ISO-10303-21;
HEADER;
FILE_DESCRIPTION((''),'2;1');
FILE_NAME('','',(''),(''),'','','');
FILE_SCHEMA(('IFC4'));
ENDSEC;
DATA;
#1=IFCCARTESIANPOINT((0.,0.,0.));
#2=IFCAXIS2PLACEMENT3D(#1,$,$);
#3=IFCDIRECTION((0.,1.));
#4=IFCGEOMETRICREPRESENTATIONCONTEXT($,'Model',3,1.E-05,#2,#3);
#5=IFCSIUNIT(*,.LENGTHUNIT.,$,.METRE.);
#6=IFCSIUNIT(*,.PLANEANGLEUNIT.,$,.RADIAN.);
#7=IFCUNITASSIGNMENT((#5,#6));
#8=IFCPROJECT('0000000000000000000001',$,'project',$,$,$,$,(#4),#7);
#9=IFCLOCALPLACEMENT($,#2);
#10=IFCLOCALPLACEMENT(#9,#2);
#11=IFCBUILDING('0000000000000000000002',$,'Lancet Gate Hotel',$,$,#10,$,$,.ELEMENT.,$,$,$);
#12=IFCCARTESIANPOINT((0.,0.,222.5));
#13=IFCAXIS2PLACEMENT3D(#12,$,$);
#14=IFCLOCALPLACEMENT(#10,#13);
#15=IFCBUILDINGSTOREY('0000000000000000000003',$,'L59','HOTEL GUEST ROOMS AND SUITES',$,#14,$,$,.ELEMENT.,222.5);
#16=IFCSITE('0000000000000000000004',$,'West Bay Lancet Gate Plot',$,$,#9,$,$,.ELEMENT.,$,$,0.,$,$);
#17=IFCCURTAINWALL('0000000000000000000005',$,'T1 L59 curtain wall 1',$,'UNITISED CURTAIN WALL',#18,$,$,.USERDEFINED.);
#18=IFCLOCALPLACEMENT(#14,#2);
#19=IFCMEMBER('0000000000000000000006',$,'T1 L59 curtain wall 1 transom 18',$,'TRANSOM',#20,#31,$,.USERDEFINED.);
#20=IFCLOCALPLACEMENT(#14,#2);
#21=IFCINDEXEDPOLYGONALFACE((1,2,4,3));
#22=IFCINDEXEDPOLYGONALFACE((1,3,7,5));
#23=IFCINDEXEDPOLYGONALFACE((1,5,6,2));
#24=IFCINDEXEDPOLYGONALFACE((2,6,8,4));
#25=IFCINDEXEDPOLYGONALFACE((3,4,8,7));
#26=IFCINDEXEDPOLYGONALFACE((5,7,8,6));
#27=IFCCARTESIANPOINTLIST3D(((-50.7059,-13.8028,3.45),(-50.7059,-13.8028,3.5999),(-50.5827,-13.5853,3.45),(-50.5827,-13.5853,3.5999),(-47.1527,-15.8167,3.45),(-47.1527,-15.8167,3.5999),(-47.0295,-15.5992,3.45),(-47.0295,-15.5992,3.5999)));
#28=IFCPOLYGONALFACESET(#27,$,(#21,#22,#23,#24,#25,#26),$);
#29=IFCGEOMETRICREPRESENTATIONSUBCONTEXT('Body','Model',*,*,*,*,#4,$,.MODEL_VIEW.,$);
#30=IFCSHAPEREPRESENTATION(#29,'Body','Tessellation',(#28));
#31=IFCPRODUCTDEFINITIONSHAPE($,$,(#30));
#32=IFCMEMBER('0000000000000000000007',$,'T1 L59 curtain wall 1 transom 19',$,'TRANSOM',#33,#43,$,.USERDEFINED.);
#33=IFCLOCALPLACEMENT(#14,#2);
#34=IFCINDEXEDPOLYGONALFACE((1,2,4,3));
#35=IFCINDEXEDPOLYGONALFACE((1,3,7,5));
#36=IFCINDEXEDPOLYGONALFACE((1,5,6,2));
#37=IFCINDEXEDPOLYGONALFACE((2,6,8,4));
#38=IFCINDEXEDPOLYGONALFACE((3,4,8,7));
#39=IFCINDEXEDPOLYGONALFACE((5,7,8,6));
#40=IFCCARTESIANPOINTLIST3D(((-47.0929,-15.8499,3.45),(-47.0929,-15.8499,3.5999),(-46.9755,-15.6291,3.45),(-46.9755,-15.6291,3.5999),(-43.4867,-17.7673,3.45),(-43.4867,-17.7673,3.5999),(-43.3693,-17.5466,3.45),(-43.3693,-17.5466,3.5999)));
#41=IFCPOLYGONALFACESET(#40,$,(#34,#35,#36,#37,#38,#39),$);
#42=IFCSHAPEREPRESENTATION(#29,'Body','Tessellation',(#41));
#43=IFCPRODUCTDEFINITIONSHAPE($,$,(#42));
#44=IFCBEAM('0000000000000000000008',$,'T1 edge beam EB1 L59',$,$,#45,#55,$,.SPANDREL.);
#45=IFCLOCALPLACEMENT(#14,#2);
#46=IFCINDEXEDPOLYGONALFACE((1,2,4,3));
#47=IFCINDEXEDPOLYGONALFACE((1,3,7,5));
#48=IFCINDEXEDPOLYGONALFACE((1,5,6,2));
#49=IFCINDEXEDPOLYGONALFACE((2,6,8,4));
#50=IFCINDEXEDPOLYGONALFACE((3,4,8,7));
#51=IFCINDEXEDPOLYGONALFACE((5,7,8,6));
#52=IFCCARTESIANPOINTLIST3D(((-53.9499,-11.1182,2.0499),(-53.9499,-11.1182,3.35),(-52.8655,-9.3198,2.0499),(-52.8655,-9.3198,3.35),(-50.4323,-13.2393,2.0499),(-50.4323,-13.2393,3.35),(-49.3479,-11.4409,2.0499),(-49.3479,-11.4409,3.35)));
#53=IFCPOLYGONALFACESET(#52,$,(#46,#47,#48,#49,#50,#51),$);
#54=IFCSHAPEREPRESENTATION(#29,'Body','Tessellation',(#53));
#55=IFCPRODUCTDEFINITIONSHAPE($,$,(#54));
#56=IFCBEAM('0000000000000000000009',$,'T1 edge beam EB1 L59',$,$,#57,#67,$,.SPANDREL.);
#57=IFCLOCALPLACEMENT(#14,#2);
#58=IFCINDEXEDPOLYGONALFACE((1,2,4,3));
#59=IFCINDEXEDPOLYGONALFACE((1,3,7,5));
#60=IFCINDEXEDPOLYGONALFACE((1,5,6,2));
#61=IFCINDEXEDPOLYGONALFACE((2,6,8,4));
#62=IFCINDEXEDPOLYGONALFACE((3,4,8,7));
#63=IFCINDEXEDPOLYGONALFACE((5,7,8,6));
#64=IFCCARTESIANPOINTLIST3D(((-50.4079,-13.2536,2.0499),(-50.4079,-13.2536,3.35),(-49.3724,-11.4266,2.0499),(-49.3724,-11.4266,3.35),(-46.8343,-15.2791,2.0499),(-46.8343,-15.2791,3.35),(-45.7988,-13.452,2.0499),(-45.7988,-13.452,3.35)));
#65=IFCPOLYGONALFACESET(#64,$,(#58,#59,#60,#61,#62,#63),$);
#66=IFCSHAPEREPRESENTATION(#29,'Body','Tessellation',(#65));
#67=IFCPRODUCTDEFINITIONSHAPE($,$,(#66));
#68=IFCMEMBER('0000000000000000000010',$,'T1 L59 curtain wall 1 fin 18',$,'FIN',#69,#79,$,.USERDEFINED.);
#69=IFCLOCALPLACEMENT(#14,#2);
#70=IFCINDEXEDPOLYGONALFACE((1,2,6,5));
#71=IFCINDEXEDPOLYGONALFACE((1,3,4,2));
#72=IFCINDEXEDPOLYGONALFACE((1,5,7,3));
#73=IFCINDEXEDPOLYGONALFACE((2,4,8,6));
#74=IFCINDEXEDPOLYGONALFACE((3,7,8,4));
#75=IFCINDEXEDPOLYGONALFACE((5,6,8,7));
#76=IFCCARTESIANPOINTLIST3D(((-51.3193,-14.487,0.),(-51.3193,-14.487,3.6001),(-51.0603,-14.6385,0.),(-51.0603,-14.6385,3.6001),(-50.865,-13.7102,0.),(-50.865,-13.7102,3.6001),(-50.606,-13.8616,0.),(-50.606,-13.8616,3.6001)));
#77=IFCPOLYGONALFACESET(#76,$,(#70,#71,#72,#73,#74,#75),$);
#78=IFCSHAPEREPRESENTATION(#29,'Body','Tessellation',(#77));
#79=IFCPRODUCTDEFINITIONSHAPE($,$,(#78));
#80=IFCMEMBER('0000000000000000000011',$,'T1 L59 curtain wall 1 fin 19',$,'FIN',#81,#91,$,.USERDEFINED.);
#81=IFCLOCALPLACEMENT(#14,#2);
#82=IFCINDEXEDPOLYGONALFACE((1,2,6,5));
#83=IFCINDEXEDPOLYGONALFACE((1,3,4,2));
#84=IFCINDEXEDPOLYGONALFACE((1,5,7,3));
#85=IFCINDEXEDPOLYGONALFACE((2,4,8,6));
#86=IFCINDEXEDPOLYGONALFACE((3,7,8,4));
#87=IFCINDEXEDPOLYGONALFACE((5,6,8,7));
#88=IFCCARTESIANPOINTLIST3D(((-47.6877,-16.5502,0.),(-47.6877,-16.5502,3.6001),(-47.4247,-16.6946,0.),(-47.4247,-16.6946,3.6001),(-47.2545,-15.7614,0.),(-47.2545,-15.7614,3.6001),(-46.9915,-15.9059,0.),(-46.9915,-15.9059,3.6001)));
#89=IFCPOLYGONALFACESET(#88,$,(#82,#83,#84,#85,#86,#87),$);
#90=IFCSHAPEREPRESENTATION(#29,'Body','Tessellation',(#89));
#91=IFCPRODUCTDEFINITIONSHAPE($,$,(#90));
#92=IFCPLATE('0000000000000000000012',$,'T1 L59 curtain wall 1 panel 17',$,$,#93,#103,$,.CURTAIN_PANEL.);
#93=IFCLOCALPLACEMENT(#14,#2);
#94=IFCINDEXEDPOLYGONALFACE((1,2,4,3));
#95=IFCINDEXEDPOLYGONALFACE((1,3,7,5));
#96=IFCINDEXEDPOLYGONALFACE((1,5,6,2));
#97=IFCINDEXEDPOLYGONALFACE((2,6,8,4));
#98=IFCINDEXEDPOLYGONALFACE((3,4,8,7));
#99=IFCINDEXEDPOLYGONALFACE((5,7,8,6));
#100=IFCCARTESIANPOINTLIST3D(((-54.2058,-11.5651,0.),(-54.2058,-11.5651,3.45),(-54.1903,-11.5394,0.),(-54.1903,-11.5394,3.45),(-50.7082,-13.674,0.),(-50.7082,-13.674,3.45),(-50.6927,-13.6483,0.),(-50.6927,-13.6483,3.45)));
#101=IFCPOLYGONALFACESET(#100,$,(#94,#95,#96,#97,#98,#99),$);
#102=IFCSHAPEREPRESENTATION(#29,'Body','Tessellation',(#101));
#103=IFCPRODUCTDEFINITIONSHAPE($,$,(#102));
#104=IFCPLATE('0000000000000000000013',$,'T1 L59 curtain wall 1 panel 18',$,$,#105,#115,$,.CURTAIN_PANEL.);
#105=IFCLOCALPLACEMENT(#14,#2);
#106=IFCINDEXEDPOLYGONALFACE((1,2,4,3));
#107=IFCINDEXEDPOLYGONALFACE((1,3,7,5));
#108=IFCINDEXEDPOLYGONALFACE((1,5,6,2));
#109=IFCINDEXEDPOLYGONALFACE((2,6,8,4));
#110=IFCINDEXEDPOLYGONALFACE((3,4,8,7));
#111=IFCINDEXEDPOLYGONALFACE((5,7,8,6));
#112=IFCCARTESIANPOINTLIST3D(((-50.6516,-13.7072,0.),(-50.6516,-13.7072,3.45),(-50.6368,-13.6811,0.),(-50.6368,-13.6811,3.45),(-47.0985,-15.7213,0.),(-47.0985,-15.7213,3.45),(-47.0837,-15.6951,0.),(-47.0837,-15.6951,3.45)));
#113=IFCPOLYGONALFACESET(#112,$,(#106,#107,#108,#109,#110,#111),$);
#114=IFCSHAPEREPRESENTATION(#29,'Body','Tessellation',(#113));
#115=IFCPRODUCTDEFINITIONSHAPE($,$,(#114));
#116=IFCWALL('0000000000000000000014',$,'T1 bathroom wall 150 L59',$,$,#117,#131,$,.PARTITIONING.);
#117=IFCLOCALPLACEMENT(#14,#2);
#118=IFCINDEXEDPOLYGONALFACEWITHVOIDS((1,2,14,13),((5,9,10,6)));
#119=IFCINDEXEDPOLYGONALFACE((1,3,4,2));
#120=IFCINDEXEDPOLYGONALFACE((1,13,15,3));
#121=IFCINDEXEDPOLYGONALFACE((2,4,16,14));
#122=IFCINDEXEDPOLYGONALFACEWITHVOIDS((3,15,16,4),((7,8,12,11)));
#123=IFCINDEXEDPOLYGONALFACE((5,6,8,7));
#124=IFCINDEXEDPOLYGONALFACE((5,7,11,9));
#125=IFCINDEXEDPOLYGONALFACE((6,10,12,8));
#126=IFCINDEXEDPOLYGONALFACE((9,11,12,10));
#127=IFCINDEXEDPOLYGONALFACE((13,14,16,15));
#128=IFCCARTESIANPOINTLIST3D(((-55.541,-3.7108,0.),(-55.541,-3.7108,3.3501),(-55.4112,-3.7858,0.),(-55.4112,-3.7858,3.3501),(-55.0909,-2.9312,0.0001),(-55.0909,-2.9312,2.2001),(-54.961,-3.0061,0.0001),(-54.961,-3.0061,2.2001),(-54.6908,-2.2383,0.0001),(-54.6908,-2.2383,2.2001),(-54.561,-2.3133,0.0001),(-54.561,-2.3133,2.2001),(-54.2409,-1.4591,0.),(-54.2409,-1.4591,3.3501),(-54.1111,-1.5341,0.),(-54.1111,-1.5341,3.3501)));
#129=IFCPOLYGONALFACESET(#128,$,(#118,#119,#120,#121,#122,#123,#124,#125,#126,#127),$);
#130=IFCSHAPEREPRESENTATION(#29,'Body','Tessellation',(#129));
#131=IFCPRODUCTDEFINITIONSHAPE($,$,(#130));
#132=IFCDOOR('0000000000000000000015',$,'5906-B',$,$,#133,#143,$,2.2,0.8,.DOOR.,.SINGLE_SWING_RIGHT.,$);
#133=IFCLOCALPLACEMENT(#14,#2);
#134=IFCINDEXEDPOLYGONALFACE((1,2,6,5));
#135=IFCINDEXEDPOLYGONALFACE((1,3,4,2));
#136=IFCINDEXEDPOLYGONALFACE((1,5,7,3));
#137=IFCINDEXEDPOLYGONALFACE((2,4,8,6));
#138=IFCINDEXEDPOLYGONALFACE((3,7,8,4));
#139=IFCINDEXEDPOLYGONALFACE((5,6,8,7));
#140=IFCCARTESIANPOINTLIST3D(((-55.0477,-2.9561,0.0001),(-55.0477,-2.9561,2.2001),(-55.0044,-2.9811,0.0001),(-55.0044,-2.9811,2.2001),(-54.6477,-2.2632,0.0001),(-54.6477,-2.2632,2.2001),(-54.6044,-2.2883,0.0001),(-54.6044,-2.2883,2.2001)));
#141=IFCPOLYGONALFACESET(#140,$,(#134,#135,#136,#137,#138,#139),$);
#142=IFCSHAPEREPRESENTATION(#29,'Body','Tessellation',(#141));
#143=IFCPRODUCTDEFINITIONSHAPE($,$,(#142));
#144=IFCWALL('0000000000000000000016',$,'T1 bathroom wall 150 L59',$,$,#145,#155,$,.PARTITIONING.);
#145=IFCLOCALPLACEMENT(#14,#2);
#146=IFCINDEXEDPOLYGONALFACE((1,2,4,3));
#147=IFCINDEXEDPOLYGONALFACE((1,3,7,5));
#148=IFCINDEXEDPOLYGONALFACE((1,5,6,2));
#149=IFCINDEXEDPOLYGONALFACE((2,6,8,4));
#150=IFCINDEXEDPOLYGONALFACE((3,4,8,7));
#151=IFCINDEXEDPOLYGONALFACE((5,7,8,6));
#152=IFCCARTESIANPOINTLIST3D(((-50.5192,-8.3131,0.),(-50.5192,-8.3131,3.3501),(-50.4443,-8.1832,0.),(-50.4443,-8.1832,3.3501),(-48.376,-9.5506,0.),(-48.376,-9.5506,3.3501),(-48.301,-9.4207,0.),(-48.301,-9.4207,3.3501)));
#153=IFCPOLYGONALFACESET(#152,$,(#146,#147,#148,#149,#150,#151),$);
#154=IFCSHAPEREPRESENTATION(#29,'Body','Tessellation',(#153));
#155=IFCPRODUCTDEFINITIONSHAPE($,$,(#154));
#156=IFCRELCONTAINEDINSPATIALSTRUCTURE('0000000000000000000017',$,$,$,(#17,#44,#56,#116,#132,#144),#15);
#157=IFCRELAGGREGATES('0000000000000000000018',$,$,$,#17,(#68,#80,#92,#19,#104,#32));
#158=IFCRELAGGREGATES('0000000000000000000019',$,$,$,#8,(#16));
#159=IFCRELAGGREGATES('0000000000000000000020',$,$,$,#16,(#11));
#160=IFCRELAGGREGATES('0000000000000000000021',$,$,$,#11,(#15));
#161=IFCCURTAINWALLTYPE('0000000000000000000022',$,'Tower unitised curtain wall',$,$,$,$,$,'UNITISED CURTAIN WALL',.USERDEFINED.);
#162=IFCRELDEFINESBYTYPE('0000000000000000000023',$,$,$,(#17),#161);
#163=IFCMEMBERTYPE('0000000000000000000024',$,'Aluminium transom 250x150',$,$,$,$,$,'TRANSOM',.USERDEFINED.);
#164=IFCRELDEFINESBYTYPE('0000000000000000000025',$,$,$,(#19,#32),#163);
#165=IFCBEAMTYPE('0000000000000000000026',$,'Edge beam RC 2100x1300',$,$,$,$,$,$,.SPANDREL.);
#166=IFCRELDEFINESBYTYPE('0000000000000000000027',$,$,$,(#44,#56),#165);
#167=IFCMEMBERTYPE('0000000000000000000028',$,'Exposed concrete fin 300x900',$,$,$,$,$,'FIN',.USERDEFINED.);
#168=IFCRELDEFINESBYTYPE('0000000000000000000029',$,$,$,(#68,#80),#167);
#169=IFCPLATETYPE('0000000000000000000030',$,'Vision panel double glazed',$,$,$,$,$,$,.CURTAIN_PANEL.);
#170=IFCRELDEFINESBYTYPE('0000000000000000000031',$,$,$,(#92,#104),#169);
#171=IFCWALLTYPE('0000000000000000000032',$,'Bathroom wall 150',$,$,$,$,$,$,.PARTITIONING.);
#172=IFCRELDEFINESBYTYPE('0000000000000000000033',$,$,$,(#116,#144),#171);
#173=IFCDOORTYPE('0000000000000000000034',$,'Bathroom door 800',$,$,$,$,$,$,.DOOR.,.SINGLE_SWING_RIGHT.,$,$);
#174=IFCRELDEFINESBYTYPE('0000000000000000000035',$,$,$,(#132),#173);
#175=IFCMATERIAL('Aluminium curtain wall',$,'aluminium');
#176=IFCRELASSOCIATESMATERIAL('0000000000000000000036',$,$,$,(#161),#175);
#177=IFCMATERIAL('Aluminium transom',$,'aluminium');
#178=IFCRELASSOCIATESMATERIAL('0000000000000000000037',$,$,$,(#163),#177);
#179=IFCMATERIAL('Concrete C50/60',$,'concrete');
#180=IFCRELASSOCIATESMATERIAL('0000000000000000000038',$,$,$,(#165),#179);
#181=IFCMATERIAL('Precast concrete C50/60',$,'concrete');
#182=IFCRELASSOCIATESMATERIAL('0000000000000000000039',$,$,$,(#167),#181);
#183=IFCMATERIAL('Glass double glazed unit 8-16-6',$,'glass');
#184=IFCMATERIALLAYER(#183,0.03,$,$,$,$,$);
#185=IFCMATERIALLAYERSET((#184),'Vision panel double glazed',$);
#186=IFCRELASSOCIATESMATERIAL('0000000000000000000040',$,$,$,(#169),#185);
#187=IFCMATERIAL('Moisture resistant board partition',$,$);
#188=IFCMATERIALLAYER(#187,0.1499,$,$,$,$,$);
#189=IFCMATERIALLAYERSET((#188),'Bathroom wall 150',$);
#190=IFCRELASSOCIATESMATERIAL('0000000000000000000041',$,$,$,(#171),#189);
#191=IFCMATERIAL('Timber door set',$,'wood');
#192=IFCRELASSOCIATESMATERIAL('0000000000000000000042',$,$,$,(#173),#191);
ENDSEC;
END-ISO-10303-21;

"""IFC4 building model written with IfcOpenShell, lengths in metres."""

from ifc_helpers import new_model, si_unit, direction, frame, frame_2d, origin, origin_2d, place, context, subcontext, project, spatial, rectangle, extrude, material, layer, layer_set, material_profile, profile_set, type_object, element, fill, aggregate, save


model = new_model("IFC4")

# Units and contexts
model_context = context("Model", 3, precision=1e-05, world=origin(), true_north=direction((0.0, 1.0)))
body_context = subcontext(model_context, "Body", "Model", "MODEL_VIEW")
ifc_project = project(units=[si_unit("LENGTHUNIT", "METRE"), si_unit("PLANEANGLEUNIT", "RADIAN")], contexts=[model_context])

# Site, building, storey
site_placement = place(None, origin())
site = spatial("IfcSite", under=ifc_project, at=site_placement, Name="West Bay Lancet Gate Plot", CompositionType="ELEMENT", RefElevation=0.0)
building_placement = place(site_placement, origin())
building = spatial("IfcBuilding", under=site, at=building_placement, Name="Lancet Gate Hotel", CompositionType="ELEMENT")
storey_placement = place(building_placement, frame((0.0, 0.0, 222.5)))
storey = spatial("IfcBuildingStorey", under=building, at=storey_placement, Name="L59", Description="HOTEL GUEST ROOMS AND SUITES", CompositionType="ELEMENT", Elevation=222.5)

# Curtain wall, members
ifc_material_1 = material(Name="Aluminium curtain wall", Category="aluminium")
curtain_wall_type = type_object("IfcCurtainWallType", Name="Tower unitised curtain wall", ElementType="UNITISED CURTAIN WALL", PredefinedType="USERDEFINED", material=ifc_material_1)
curtain_wall_placement = place(storey_placement, origin())
curtain_wall = element("IfcCurtainWall", 1, at=curtain_wall_placement, inside=storey, type_object=curtain_wall_type, Name="T1 L59 curtain wall 1", ObjectType="UNITISED CURTAIN WALL", PredefinedType="USERDEFINED")
ifc_material_2 = material(Name="Aluminium transom", Category="aluminium")
ifc_material_profile_1 = material_profile(ifc_material_2, rectangle(XDim=0.25, YDim=0.1499, at=origin_2d()), Name="TRANSOM 250x150")
ifc_profile_set_1 = profile_set([ifc_material_profile_1], Name="Aluminium transom")
member_type_1 = type_object("IfcMemberType", Name="Aluminium transom 250x150", ElementType="TRANSOM", PredefinedType="USERDEFINED", material=ifc_profile_set_1)
member_1_placement = place(storey_placement, frame((-50.6443, -13.6941, 3.5249), z_axis=(0.869978, -0.493091, 0.0), x_axis=(0.493091, 0.869978, 0.0)))
member_1 = element("IfcMember", 2, at=member_1_placement, type_object=member_type_1, Name="T1 L59 curtain wall 1 transom 18", ObjectType="TRANSOM", PredefinedType="USERDEFINED", context=body_context, shape_type="SweptSolid", body=[
    extrude(rectangle(XDim=0.25, YDim=0.1499, at=origin_2d()), origin(), (0.0, 0.0, 1.0), 4.0842),
])
member_2_placement = place(storey_placement, frame((-47.0342, -15.7395, 3.5249), z_axis=(0.882945, -0.469477, 0.0), x_axis=(0.469477, 0.882945, 0.0)))
member_2 = element("IfcMember", 3, at=member_2_placement, type_object=member_type_1, Name="T1 L59 curtain wall 1 transom 19", ObjectType="TRANSOM", PredefinedType="USERDEFINED", context=body_context, shape_type="SweptSolid", body=[
    extrude(rectangle(XDim=0.25, YDim=0.1499, at=origin_2d()), origin(), (0.0, 0.0, 1.0), 4.0842),
])

# Beams
ifc_material_3 = material(Name="Concrete C50/60", Category="concrete")
ifc_material_profile_2 = material_profile(ifc_material_3, rectangle(XDim=2.1001, YDim=1.3, at=origin_2d()), Name="RC 2100x1300")
ifc_profile_set_2 = profile_set([ifc_material_profile_2], Name="Concrete C50/60")
beam_type = type_object("IfcBeamType", Name="Edge beam RC 2100x1300", PredefinedType="SPANDREL", material=ifc_profile_set_2)
for number, where, z_axis, x_axis, name in (
    (4, (-53.4077, -10.219, 2.7), (0.856358, -0.516382, 0.0), (0.516382, 0.856358, 0.0), "T1 edge beam EB1 L59"),
    (5, (-49.8901, -12.3401, 2.7), (0.869979, -0.493089, 0.0), (0.493089, 0.869979, 0.0), "T1 edge beam EB1 L59"),
):
    element("IfcBeam", number, at=place(storey_placement, frame(where, z_axis=z_axis, x_axis=x_axis)), inside=storey, type_object=beam_type, Name=name, PredefinedType="SPANDREL", context=body_context, shape_type="SweptSolid", body=[
        extrude(rectangle(XDim=2.1001, YDim=1.3, at=origin_2d()), origin(), (0.0, 0.0, 1.0), 4.1077),
    ])

# Members
ifc_material_4 = material(Name="Precast concrete C50/60", Category="concrete")
ifc_material_profile_3 = material_profile(ifc_material_4, rectangle(XDim=0.3, YDim=0.8999, at=origin_2d()), Name="FIN 300x900")
ifc_profile_set_3 = profile_set([ifc_material_profile_3], Name="Precast concrete C50/60")
member_type_2 = type_object("IfcMemberType", Name="Exposed concrete fin 300x900", ElementType="FIN", PredefinedType="USERDEFINED", material=ifc_profile_set_3)
member_3_placement = place(storey_placement, frame((-50.9626, -14.1743, 0.0), z_axis=(0.0, 0.0, 1.0), x_axis=(0.863242, -0.50479, 0.0)))
member_3 = element("IfcMember", 6, at=member_3_placement, type_object=member_type_2, Name="T1 L59 curtain wall 1 fin 18", ObjectType="FIN", PredefinedType="USERDEFINED", context=body_context, shape_type="SweptSolid", body=[
    extrude(rectangle(XDim=0.3, YDim=0.8999, at=origin_2d()), origin(), (0.0, 0.0, 1.0), 3.6001),
])
member_4_placement = place(storey_placement, frame((-47.3396, -16.228, 0.0), z_axis=(0.0, 0.0, 1.0), x_axis=(0.876516, -0.481372, 0.0)))
member_4 = element("IfcMember", 7, at=member_4_placement, type_object=member_type_2, Name="T1 L59 curtain wall 1 fin 19", ObjectType="FIN", PredefinedType="USERDEFINED", context=body_context, shape_type="SweptSolid", body=[
    extrude(rectangle(XDim=0.3, YDim=0.8999, at=origin_2d()), origin(), (0.0, 0.0, 1.0), 3.6001),
])

# Plates
ifc_material_5 = material(Name="Glass double glazed unit 8-16-6", Category="glass")
ifc_layer_1 = layer(ifc_material_5, 0.03)
ifc_layer_set_1 = layer_set([ifc_layer_1], Name="Vision panel double glazed")
plate_type = type_object("IfcPlateType", Name="Vision panel double glazed", PredefinedType="CURTAIN_PANEL", material=ifc_layer_set_1)
plate_1_placement = place(storey_placement, frame((-52.4492, -12.6067, 0.0), z_axis=(0.0, 0.0, 1.0), x_axis=(0.85637, -0.516363, 0.0)))
plate_1 = element("IfcPlate", 8, at=plate_1_placement, type_object=plate_type, Name="T1 L59 curtain wall 1 panel 17", PredefinedType="CURTAIN_PANEL", context=body_context, shape_type="SweptSolid", body=[
    extrude(rectangle(XDim=4.0842, YDim=0.03, at=origin_2d()), origin(), (0.0, 0.0, 1.0), 3.45),
])
plate_2_placement = place(storey_placement, frame((-48.8677, -14.7012, 0.0), z_axis=(0.0, 0.0, 1.0), x_axis=(0.869958, -0.493126, 0.0)))
plate_2 = element("IfcPlate", 9, at=plate_2_placement, type_object=plate_type, Name="T1 L59 curtain wall 1 panel 18", PredefinedType="CURTAIN_PANEL", context=body_context, shape_type="SweptSolid", body=[
    extrude(rectangle(XDim=4.0842, YDim=0.03, at=origin_2d()), origin(), (0.0, 0.0, 1.0), 3.45),
])
aggregate(curtain_wall, [member_3, member_4, plate_1, member_1, plate_2, member_2])

# Wall, opening, door
ifc_material_6 = material(Name="Moisture resistant board partition")
ifc_layer_2 = layer(ifc_material_6, 0.1499)
ifc_layer_set_2 = layer_set([ifc_layer_2], Name="Bathroom wall 150")
wall_type_1 = type_object("IfcWallType", Name="Bathroom wall 150", PredefinedType="PARTITIONING", material=ifc_layer_set_2)
wall_1_placement = place(storey_placement, frame((-54.176, -1.4966, 0.0), z_axis=(0.0, 0.0, 1.0), x_axis=(-0.500007, -0.866021, 0.0)))
wall_1 = element("IfcWall", 10, at=wall_1_placement, inside=storey, type_object=wall_type_1, Name="T1 bathroom wall 150 L59", PredefinedType="PARTITIONING", context=body_context, shape_type="SweptSolid", body=[
    extrude(rectangle(XDim=2.6001, YDim=0.1499, at=frame_2d((1.3, 0.0))), origin(), (0.0, 0.0, 1.0), 3.3501),
])
opening_1_placement = place(wall_1_placement, frame((0.8999, 0.0, 0.0)))
opening_1 = element("IfcOpeningElement", 11, at=opening_1_placement, cuts=wall_1, PredefinedType="OPENING", context=body_context, shape_type="SweptSolid", body=[
    extrude(rectangle(XDim=0.8, YDim=2.2, at=frame_2d((0.3999, 1.1001))), frame((0.0, 0.085, 0.0), z_axis=(0.0, -1.0, 0.0), x_axis=(1.0, 0.0, 0.0)), (0.0, 0.0, 1.0), 0.1699),
])
ifc_material_7 = material(Name="Timber door set", Category="wood")
door_type_1 = type_object("IfcDoorType", Name="Bathroom door 800", OperationType="SINGLE_SWING_RIGHT", PredefinedType="DOOR", material=ifc_material_7)
door_1_placement = place(opening_1_placement, origin())
door_1 = element("IfcDoor", 12, at=door_1_placement, inside=storey, type_object=door_type_1, Name="5906-B", OperationType="SINGLE_SWING_RIGHT", OverallHeight=2.2, OverallWidth=0.8, PredefinedType="DOOR", context=body_context, shape_type="SweptSolid", body=[
    extrude(rectangle(XDim=0.8, YDim=2.2, at=frame_2d((0.3999, 1.1001))), frame((0.0, 0.0249, 0.0), z_axis=(0.0, -1.0, 0.0), x_axis=(1.0, 0.0, 0.0)), (0.0, 0.0, 1.0), 0.05),
])
fill(opening_1, door_1)

# Wall
wall_2_placement = place(storey_placement, frame((-48.3386, -9.4856, 0.0), z_axis=(0.0, 0.0, 1.0), x_axis=(-0.866007, 0.500033, 0.0)))
element("IfcWall", 13, at=wall_2_placement, inside=storey, type_object=wall_type_1, Name="T1 bathroom wall 150 L59", PredefinedType="PARTITIONING", context=body_context, shape_type="SweptSolid", body=[
    extrude(rectangle(XDim=2.4749, YDim=0.1499, at=frame_2d((1.2373, 0.0))), origin(), (0.0, 0.0, 1.0), 3.3501),
])

save(model, "model.ifc")
